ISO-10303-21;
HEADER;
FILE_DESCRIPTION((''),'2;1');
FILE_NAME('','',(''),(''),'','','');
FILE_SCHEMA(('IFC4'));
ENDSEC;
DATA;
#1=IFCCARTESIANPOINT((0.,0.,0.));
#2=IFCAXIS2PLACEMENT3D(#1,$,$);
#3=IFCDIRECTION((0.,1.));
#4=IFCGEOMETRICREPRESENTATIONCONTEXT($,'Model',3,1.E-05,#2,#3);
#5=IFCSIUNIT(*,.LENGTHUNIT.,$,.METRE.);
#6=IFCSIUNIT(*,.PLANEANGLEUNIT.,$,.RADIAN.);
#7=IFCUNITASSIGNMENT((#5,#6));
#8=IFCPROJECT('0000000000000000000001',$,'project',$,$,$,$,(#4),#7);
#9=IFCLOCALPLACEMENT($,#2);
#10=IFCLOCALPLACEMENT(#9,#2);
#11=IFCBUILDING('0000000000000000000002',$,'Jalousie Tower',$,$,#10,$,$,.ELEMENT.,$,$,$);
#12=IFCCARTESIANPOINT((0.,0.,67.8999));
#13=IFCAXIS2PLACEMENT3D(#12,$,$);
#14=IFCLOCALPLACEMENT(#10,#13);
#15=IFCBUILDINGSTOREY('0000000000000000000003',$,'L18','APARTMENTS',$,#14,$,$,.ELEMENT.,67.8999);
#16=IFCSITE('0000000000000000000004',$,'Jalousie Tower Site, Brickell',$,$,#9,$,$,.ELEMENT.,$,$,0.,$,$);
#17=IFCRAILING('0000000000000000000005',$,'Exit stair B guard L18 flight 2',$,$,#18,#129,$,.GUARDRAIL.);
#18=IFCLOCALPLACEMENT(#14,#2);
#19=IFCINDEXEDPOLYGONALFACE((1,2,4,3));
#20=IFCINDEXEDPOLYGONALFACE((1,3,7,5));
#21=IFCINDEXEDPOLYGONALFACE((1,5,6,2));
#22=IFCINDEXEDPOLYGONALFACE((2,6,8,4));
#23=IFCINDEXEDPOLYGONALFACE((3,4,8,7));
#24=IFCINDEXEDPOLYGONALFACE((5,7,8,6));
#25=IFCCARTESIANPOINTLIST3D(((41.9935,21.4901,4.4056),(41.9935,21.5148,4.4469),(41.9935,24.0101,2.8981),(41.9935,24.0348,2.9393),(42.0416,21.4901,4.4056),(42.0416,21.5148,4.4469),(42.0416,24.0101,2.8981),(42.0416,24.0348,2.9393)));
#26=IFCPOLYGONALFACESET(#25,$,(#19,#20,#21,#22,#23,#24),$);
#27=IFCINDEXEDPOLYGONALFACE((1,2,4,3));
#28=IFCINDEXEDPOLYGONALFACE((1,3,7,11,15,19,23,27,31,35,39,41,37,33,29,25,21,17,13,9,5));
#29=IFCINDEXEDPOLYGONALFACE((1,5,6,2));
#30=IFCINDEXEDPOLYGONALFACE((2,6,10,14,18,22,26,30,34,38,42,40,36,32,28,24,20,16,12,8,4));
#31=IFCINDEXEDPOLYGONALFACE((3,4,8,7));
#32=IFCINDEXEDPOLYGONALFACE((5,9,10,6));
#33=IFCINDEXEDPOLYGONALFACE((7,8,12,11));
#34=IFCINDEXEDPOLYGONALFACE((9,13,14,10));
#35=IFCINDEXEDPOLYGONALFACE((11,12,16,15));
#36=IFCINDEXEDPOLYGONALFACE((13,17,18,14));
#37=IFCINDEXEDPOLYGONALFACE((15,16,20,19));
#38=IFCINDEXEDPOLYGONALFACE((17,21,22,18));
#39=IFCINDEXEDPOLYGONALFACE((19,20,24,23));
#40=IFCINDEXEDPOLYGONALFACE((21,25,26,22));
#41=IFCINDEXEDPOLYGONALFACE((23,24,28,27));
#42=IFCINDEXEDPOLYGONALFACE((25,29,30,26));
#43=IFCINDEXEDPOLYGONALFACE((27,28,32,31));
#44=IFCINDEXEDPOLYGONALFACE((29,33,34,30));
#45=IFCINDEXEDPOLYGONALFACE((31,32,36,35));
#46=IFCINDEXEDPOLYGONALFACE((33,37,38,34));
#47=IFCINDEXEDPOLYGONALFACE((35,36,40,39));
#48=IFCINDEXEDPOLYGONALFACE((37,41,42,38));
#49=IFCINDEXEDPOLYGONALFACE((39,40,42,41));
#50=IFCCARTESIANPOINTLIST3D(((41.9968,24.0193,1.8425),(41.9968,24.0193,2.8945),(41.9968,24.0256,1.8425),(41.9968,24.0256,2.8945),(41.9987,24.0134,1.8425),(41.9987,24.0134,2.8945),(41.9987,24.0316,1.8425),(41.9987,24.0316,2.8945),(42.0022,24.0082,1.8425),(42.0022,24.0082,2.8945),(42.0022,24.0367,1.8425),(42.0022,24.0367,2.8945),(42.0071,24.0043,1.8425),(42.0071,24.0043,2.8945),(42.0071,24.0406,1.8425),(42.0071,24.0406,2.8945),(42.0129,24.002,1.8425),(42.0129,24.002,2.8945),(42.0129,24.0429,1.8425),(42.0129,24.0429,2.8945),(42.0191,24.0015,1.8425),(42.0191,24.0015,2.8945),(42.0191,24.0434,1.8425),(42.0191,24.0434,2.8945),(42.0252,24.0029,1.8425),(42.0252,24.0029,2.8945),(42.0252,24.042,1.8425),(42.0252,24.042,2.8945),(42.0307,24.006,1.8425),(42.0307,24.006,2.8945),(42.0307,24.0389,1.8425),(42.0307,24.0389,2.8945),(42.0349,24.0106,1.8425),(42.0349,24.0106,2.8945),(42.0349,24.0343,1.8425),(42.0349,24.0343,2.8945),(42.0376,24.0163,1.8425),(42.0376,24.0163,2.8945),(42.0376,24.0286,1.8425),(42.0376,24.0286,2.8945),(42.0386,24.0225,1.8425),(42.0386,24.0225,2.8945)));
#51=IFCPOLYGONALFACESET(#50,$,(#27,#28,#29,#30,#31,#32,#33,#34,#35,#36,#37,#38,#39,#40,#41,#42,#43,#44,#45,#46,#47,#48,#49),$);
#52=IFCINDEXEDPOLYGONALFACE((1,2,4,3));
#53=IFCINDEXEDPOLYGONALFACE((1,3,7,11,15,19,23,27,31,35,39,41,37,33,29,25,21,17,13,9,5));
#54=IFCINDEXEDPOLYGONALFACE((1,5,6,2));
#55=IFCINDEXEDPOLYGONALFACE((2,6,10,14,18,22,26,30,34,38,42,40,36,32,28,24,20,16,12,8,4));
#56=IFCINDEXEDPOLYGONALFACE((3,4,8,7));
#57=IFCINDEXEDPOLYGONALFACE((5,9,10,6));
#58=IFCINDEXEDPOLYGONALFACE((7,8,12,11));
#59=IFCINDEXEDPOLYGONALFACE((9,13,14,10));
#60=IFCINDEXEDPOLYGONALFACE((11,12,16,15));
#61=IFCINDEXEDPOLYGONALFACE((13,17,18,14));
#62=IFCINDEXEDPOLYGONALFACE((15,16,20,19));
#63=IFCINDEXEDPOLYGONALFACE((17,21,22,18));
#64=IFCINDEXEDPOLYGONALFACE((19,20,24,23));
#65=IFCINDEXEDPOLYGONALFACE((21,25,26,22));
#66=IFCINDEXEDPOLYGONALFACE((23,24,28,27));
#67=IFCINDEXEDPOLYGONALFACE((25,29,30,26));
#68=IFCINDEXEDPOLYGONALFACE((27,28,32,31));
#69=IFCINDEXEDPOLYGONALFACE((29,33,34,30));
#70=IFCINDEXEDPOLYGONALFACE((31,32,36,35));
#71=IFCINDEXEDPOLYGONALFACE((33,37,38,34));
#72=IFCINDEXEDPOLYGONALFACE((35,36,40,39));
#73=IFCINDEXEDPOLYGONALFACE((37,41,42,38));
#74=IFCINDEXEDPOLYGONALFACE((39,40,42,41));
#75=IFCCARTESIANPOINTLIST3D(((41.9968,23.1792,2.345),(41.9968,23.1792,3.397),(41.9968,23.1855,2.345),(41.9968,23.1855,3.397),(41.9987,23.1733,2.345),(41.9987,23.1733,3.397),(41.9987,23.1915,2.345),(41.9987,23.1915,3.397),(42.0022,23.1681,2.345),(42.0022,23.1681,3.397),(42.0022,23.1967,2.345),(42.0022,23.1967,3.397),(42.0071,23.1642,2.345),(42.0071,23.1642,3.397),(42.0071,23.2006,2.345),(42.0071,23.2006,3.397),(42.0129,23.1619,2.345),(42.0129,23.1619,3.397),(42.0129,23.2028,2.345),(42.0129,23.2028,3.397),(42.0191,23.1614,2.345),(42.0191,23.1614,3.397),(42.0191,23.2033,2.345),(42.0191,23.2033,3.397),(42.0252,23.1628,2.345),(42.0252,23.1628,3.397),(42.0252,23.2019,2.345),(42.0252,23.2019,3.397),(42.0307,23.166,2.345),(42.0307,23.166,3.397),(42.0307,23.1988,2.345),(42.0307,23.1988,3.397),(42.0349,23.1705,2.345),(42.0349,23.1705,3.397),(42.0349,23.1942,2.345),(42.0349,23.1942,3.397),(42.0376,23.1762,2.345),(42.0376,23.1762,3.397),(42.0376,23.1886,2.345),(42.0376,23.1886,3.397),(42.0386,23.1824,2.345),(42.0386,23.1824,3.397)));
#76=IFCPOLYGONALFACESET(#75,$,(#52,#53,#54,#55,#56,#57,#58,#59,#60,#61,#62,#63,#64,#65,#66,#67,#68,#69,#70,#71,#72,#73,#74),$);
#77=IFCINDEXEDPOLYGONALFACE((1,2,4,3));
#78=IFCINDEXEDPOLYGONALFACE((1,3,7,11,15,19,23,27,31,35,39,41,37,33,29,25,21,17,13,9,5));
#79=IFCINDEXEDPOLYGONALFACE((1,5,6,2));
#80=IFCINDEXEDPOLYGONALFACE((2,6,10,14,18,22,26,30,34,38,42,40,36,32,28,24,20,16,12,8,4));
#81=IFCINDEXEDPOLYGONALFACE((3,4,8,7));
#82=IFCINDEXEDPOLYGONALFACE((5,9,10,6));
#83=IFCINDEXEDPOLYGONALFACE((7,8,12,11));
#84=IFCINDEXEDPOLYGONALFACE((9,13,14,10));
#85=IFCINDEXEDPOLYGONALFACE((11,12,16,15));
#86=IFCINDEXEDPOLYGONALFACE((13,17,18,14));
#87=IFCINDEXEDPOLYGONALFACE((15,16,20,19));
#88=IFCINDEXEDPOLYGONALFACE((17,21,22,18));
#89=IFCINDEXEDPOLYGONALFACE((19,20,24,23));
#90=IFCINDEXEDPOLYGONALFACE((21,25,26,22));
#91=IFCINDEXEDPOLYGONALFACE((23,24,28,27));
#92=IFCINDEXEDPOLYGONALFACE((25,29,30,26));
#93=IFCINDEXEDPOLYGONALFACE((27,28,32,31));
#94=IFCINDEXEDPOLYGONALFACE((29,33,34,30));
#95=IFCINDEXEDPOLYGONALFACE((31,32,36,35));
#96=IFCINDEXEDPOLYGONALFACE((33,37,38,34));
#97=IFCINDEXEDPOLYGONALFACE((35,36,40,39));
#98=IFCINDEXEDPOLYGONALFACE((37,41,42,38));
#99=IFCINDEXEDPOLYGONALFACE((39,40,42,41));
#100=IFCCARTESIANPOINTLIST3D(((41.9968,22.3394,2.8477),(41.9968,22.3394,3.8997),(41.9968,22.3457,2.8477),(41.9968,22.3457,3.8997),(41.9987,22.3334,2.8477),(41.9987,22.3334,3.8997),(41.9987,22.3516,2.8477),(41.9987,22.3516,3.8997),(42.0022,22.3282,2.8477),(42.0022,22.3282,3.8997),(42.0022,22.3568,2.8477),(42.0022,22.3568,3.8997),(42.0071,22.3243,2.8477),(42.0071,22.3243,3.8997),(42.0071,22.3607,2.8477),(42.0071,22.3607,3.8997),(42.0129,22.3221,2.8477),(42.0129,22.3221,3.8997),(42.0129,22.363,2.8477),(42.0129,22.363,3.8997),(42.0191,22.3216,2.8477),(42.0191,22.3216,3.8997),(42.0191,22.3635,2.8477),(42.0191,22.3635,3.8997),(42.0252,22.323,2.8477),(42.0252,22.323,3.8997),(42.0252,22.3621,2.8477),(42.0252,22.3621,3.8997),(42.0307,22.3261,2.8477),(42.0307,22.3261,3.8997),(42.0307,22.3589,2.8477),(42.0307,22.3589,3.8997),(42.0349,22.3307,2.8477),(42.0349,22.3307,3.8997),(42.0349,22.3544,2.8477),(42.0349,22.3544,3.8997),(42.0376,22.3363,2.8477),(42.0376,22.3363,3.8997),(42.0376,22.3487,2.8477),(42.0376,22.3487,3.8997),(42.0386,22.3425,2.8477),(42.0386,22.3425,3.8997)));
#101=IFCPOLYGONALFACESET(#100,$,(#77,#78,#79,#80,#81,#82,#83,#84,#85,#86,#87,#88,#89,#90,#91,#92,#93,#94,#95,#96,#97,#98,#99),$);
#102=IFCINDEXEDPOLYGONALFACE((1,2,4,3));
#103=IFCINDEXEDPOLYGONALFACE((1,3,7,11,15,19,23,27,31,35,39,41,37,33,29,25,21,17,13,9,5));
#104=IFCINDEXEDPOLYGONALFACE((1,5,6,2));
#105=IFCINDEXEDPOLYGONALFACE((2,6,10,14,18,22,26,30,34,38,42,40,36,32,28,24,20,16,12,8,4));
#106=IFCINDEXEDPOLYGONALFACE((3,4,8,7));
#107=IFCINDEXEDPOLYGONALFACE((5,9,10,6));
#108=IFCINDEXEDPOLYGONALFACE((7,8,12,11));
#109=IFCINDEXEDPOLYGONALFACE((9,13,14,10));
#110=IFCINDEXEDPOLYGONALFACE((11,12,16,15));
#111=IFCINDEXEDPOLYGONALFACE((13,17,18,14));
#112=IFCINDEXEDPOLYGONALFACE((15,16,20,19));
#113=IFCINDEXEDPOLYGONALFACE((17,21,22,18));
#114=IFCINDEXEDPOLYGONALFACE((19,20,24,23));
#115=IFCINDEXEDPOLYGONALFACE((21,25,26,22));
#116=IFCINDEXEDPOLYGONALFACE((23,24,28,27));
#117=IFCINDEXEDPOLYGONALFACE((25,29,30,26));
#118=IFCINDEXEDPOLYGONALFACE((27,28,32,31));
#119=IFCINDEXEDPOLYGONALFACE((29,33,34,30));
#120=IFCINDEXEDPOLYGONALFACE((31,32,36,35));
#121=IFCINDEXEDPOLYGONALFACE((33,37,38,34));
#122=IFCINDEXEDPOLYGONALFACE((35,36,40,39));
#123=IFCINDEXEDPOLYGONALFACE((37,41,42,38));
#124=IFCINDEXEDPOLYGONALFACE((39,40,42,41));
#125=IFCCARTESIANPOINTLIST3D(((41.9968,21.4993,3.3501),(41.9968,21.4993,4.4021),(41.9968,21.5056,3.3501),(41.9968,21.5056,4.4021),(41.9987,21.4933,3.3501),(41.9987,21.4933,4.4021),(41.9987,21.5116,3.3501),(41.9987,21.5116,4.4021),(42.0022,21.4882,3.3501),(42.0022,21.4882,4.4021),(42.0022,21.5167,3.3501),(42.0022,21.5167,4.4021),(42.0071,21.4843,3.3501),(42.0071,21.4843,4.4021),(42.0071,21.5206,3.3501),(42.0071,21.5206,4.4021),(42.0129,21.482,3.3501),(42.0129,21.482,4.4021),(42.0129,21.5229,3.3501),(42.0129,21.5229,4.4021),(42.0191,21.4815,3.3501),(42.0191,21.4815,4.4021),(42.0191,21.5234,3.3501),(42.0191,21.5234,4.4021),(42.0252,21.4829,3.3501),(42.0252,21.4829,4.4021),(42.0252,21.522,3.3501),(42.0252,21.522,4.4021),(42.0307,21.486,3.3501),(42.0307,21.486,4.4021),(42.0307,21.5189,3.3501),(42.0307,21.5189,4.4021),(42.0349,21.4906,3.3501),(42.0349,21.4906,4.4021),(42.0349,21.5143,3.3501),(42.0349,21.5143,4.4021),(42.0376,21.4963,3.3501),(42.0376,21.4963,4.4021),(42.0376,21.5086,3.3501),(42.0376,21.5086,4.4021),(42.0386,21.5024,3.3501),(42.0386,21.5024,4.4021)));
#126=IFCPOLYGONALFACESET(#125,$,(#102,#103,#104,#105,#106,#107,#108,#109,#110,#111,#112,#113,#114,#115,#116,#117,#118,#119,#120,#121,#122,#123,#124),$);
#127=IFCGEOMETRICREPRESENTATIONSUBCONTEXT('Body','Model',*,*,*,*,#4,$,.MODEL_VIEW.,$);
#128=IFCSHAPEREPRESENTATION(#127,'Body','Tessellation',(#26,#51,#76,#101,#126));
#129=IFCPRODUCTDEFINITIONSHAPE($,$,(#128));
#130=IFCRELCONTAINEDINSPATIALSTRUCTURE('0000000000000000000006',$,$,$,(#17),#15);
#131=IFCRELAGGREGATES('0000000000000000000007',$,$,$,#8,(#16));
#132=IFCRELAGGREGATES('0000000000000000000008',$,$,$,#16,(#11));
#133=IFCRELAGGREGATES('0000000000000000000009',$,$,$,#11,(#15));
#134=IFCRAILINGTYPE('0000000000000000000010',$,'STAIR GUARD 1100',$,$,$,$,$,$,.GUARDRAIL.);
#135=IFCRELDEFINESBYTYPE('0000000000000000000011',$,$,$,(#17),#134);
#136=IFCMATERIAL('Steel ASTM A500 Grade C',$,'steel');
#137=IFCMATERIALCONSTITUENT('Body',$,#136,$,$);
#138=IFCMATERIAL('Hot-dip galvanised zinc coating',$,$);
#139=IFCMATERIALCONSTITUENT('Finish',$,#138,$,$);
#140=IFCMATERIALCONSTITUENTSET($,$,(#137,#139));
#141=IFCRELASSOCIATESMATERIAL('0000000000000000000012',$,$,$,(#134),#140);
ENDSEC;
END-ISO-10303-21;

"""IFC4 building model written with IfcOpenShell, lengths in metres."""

from ifc_helpers import new_model, si_unit, direction, frame, origin, origin_2d, place, context, subcontext, project, spatial, rectangle, circle, extrude, material, constituent, constituent_set, type_object, element, save


model = new_model("IFC4")

# Units and contexts
model_context = context("Model", 3, precision=1e-05, world=origin(), true_north=direction((0.0, 1.0)))
body_context = subcontext(model_context, "Body", "Model", "MODEL_VIEW")
ifc_project = project(units=[si_unit("LENGTHUNIT", "METRE"), si_unit("PLANEANGLEUNIT", "RADIAN")], contexts=[model_context])

# Site, building, storey
site_placement = place(None, origin())
site = spatial("IfcSite", under=ifc_project, at=site_placement, Name="Jalousie Tower Site, Brickell", CompositionType="ELEMENT", RefElevation=0.0)
building_placement = place(site_placement, origin())
building = spatial("IfcBuilding", under=site, at=building_placement, Name="Jalousie Tower", CompositionType="ELEMENT")
storey_placement = place(building_placement, frame((0.0, 0.0, 67.8999)))
storey = spatial("IfcBuildingStorey", under=building, at=storey_placement, Name="L18", Description="APARTMENTS", CompositionType="ELEMENT", Elevation=67.8999)

# Railing
ifc_material_1 = material(Name="Steel ASTM A500 Grade C", Category="steel")
ifc_constituent_1 = constituent(ifc_material_1, Name="Body")
ifc_material_2 = material(Name="Hot-dip galvanised zinc coating")
ifc_constituent_2 = constituent(ifc_material_2, Name="Finish")
ifc_constituent_set_1 = constituent_set(constituents=[ifc_constituent_1, ifc_constituent_2])
railing_type_1 = type_object("IfcRailingType", Name="STAIR GUARD 1100", PredefinedType="GUARDRAIL", material=ifc_constituent_set_1)
railing_1_placement = place(storey_placement, frame((42.0176, 24.0225, 1.8425)))
element("IfcRailing", 1, at=railing_1_placement, inside=storey, type_object=railing_type_1, Name="Exit stair B guard L18 flight 2", PredefinedType="GUARDRAIL", context=body_context, shape_type="SweptSolid", body=[
    extrude(rectangle(XDim=0.0481, YDim=0.0481, at=origin_2d()), frame((0.0, 0.0, 1.0762), z_axis=(0.0, -0.85816, 0.513383), x_axis=(1.0, 0.0, 0.0)), (0.0, 0.0, 1.0), 2.9365),
    extrude(circle(Radius=0.021, at=origin_2d()), origin(), (0.0, 0.0, 1.0), 1.052),
    extrude(circle(Radius=0.021, at=origin_2d()), frame((0.0, -0.8401, 0.5024)), (0.0, 0.0, 1.0), 1.052),
    extrude(circle(Radius=0.021, at=origin_2d()), frame((0.0, -1.6799, 1.0051)), (0.0, 0.0, 1.0), 1.052),
    extrude(circle(Radius=0.021, at=origin_2d()), frame((0.0, -2.52, 1.5076)), (0.0, 0.0, 1.0), 1.052),
])

save(model, "model.ifc")
